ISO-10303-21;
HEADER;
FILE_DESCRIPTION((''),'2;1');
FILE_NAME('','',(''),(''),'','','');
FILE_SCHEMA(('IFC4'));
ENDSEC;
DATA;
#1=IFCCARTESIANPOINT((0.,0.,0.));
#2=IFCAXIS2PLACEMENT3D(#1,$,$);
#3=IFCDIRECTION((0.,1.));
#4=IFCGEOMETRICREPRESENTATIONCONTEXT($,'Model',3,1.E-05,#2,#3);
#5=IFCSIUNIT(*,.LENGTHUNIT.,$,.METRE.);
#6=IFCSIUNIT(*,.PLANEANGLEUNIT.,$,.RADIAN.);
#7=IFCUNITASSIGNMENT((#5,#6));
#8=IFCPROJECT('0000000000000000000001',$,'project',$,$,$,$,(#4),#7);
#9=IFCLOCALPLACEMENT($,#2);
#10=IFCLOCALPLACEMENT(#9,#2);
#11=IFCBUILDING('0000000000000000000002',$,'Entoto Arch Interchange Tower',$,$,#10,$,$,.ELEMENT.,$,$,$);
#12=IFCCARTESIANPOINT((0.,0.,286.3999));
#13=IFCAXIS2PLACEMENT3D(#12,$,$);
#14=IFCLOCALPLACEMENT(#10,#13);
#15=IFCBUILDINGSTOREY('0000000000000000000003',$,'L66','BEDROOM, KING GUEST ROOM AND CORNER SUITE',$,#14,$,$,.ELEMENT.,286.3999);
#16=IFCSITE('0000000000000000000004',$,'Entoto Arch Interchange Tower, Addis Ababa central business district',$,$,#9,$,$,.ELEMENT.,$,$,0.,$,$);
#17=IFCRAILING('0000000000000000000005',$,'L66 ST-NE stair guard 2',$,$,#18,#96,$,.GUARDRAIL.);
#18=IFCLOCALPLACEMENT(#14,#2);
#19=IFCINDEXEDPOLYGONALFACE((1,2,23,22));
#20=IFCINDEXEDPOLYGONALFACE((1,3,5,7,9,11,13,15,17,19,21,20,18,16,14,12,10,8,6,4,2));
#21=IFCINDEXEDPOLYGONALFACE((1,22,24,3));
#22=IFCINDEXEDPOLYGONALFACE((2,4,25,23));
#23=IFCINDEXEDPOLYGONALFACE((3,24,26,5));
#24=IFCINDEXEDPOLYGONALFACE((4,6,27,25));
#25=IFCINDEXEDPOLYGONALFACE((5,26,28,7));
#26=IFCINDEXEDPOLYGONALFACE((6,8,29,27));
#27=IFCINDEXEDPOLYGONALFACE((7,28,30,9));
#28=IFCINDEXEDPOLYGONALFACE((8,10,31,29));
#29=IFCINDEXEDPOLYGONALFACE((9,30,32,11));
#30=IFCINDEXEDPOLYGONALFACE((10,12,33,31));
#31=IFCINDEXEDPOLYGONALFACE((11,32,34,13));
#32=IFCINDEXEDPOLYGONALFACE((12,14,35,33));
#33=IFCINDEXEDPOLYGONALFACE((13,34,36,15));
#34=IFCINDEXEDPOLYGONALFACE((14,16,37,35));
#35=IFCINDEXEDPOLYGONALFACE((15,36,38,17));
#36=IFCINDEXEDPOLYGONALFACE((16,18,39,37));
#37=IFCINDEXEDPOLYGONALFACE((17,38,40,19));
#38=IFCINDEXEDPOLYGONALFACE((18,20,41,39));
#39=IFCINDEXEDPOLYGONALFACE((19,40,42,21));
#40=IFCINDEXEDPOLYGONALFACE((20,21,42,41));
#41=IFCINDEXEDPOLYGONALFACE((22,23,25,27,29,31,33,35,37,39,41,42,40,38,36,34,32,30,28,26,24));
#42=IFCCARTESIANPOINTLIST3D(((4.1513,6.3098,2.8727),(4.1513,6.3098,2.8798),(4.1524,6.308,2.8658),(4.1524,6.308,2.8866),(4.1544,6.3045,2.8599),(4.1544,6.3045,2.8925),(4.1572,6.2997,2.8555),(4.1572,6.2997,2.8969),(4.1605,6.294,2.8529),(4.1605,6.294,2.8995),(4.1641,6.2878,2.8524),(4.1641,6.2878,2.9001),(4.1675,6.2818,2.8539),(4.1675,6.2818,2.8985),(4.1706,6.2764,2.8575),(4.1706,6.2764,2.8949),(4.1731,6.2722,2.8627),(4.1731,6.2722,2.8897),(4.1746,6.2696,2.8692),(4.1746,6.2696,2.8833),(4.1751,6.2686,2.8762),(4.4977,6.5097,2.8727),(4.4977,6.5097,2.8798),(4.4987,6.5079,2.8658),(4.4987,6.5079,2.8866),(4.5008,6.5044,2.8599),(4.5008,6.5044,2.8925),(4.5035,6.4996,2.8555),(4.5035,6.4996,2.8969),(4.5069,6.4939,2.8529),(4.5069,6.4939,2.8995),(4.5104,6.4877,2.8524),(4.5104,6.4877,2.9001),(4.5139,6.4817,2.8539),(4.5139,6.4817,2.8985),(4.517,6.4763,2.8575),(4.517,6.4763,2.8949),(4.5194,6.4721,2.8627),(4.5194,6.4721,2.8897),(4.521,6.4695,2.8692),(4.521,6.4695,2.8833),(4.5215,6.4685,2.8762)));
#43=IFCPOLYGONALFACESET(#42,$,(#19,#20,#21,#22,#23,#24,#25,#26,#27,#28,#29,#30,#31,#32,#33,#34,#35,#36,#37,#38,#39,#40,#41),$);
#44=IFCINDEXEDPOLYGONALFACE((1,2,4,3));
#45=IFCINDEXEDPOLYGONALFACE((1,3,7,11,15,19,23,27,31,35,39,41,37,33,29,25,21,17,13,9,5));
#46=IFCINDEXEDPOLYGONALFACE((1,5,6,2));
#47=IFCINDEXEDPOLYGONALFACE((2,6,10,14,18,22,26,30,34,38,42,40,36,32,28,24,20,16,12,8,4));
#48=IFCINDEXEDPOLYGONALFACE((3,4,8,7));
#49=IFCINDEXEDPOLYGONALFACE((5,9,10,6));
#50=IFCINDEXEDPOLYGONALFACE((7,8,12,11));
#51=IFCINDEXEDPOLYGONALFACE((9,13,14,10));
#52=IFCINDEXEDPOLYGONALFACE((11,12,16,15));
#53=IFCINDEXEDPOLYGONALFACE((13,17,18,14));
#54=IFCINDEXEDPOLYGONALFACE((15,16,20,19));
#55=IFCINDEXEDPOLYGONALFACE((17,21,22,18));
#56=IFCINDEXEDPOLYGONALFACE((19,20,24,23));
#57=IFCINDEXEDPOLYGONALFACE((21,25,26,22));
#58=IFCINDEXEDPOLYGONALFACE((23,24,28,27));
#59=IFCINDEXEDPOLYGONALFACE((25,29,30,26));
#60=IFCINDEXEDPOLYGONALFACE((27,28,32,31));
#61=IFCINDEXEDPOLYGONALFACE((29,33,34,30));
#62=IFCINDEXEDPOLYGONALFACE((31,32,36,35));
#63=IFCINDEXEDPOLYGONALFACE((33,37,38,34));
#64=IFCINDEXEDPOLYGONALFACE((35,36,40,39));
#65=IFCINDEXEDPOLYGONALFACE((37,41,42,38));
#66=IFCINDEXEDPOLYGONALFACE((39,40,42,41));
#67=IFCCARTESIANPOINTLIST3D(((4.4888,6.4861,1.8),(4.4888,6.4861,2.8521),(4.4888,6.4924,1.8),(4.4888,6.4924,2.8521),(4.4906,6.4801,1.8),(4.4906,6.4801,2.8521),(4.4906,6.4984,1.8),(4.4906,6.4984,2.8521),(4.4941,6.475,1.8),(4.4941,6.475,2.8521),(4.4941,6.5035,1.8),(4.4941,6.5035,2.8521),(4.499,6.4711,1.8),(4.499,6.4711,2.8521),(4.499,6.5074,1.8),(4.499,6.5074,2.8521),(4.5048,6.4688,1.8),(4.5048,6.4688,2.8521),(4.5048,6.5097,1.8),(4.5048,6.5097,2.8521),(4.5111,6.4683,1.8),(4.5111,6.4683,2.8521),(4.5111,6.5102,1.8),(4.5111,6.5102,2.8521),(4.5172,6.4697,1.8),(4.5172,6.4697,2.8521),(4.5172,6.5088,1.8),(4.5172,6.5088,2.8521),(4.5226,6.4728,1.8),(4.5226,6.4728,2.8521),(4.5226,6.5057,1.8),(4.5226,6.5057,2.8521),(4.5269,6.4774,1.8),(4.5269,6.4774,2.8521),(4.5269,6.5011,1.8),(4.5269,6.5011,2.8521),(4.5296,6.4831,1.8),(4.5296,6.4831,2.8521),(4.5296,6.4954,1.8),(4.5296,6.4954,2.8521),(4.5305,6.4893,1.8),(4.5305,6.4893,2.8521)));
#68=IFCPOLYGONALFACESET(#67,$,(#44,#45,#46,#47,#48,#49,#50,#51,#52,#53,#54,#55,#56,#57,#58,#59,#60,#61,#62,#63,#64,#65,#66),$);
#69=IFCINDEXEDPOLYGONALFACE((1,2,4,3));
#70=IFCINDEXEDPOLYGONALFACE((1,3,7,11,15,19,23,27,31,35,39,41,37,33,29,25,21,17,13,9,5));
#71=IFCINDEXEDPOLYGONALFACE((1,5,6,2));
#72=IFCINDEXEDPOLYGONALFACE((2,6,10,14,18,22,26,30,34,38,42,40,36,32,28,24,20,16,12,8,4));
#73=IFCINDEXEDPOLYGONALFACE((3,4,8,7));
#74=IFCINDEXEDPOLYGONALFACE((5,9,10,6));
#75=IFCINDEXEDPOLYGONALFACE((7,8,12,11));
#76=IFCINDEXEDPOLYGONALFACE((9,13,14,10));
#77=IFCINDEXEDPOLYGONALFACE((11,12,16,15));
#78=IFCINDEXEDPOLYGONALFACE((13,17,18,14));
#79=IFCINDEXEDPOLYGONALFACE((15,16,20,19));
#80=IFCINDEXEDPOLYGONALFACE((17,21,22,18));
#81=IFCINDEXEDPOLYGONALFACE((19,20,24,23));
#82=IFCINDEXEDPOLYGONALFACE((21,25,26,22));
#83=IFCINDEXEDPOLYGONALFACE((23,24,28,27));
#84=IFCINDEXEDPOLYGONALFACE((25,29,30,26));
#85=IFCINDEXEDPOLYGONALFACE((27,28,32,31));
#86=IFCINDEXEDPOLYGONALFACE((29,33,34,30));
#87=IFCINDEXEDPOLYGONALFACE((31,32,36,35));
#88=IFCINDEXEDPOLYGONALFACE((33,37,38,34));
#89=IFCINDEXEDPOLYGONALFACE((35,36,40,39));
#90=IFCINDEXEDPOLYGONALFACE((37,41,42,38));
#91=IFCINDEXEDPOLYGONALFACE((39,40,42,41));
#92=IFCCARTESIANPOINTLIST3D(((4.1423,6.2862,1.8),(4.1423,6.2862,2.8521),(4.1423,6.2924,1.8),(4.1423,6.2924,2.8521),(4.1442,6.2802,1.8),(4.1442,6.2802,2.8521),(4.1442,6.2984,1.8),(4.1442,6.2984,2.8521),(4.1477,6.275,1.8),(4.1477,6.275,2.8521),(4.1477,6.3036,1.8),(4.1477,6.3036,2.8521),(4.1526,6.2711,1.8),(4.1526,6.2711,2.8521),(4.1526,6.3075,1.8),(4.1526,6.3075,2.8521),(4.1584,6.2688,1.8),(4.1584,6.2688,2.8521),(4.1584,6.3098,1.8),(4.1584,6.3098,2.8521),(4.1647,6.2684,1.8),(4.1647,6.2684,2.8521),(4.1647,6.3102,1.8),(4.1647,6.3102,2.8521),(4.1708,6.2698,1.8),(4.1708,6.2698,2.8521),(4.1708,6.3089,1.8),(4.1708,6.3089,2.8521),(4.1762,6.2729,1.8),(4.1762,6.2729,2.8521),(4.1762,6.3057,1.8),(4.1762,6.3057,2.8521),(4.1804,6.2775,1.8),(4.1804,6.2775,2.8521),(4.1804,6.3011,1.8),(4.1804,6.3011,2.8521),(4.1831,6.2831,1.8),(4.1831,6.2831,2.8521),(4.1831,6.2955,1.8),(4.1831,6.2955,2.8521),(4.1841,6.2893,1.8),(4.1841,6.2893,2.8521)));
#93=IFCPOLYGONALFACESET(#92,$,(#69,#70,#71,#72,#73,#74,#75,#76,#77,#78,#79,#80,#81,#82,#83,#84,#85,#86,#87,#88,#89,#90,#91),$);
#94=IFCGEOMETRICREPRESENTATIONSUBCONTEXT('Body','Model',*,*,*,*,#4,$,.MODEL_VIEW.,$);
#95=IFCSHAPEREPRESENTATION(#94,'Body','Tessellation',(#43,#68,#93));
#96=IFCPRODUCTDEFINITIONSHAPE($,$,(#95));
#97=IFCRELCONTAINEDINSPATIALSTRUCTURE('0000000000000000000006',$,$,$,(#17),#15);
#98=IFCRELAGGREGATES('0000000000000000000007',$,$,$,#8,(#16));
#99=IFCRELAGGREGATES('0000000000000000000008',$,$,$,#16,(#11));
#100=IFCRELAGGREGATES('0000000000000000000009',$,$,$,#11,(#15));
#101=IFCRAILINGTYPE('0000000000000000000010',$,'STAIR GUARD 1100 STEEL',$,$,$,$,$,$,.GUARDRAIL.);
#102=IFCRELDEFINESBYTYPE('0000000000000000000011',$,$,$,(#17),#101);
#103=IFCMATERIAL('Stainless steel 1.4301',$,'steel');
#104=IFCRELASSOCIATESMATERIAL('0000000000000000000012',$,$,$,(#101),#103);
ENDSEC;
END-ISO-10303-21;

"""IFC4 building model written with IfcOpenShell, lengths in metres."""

from ifc_helpers import new_model, si_unit, direction, frame, origin, origin_2d, place, context, subcontext, project, spatial, circle, extrude, material, type_object, element, save


model = new_model("IFC4")

# Units and contexts
model_context = context("Model", 3, precision=1e-05, world=origin(), true_north=direction((0.0, 1.0)))
body_context = subcontext(model_context, "Body", "Model", "MODEL_VIEW")
ifc_project = project(units=[si_unit("LENGTHUNIT", "METRE"), si_unit("PLANEANGLEUNIT", "RADIAN")], contexts=[model_context])

# Site, building, storey
site_placement = place(None, origin())
site = spatial("IfcSite", under=ifc_project, at=site_placement, Name="Entoto Arch Interchange Tower, Addis Ababa central business district", CompositionType="ELEMENT", RefElevation=0.0)
building_placement = place(site_placement, origin())
building = spatial("IfcBuilding", under=site, at=building_placement, Name="Entoto Arch Interchange Tower", CompositionType="ELEMENT")
storey_placement = place(building_placement, frame((0.0, 0.0, 286.3999)))
storey = spatial("IfcBuildingStorey", under=building, at=storey_placement, Name="L66", Description="BEDROOM, KING GUEST ROOM AND CORNER SUITE", CompositionType="ELEMENT", Elevation=286.3999)

# Railing
ifc_material_1 = material(Name="Stainless steel 1.4301", Category="steel")
railing_type_1 = type_object("IfcRailingType", Name="STAIR GUARD 1100 STEEL", PredefinedType="GUARDRAIL", material=ifc_material_1)
railing_1_placement = place(storey_placement, frame((4.5095, 6.4893, 1.8)))
element("IfcRailing", 1, at=railing_1_placement, inside=storey, type_object=railing_type_1, Name="L66 ST-NE stair guard 2", PredefinedType="GUARDRAIL", context=body_context, shape_type="SweptSolid", body=[
    extrude(circle(Radius=0.0239, at=origin_2d()), frame((0.0, 0.0, 1.0762), z_axis=(-0.866094, -0.499881, 0.0), x_axis=(0.499881, -0.866094, 0.0)), (0.0, 0.0, 1.0), 0.3999),
    extrude(circle(Radius=0.021, at=origin_2d()), origin(), (0.0, 0.0, 1.0), 1.052),
    extrude(circle(Radius=0.021, at=origin_2d()), frame((-0.3464, -0.2, 0.0)), (0.0, 0.0, 1.0), 1.052),
])

save(model, "model.ifc")
